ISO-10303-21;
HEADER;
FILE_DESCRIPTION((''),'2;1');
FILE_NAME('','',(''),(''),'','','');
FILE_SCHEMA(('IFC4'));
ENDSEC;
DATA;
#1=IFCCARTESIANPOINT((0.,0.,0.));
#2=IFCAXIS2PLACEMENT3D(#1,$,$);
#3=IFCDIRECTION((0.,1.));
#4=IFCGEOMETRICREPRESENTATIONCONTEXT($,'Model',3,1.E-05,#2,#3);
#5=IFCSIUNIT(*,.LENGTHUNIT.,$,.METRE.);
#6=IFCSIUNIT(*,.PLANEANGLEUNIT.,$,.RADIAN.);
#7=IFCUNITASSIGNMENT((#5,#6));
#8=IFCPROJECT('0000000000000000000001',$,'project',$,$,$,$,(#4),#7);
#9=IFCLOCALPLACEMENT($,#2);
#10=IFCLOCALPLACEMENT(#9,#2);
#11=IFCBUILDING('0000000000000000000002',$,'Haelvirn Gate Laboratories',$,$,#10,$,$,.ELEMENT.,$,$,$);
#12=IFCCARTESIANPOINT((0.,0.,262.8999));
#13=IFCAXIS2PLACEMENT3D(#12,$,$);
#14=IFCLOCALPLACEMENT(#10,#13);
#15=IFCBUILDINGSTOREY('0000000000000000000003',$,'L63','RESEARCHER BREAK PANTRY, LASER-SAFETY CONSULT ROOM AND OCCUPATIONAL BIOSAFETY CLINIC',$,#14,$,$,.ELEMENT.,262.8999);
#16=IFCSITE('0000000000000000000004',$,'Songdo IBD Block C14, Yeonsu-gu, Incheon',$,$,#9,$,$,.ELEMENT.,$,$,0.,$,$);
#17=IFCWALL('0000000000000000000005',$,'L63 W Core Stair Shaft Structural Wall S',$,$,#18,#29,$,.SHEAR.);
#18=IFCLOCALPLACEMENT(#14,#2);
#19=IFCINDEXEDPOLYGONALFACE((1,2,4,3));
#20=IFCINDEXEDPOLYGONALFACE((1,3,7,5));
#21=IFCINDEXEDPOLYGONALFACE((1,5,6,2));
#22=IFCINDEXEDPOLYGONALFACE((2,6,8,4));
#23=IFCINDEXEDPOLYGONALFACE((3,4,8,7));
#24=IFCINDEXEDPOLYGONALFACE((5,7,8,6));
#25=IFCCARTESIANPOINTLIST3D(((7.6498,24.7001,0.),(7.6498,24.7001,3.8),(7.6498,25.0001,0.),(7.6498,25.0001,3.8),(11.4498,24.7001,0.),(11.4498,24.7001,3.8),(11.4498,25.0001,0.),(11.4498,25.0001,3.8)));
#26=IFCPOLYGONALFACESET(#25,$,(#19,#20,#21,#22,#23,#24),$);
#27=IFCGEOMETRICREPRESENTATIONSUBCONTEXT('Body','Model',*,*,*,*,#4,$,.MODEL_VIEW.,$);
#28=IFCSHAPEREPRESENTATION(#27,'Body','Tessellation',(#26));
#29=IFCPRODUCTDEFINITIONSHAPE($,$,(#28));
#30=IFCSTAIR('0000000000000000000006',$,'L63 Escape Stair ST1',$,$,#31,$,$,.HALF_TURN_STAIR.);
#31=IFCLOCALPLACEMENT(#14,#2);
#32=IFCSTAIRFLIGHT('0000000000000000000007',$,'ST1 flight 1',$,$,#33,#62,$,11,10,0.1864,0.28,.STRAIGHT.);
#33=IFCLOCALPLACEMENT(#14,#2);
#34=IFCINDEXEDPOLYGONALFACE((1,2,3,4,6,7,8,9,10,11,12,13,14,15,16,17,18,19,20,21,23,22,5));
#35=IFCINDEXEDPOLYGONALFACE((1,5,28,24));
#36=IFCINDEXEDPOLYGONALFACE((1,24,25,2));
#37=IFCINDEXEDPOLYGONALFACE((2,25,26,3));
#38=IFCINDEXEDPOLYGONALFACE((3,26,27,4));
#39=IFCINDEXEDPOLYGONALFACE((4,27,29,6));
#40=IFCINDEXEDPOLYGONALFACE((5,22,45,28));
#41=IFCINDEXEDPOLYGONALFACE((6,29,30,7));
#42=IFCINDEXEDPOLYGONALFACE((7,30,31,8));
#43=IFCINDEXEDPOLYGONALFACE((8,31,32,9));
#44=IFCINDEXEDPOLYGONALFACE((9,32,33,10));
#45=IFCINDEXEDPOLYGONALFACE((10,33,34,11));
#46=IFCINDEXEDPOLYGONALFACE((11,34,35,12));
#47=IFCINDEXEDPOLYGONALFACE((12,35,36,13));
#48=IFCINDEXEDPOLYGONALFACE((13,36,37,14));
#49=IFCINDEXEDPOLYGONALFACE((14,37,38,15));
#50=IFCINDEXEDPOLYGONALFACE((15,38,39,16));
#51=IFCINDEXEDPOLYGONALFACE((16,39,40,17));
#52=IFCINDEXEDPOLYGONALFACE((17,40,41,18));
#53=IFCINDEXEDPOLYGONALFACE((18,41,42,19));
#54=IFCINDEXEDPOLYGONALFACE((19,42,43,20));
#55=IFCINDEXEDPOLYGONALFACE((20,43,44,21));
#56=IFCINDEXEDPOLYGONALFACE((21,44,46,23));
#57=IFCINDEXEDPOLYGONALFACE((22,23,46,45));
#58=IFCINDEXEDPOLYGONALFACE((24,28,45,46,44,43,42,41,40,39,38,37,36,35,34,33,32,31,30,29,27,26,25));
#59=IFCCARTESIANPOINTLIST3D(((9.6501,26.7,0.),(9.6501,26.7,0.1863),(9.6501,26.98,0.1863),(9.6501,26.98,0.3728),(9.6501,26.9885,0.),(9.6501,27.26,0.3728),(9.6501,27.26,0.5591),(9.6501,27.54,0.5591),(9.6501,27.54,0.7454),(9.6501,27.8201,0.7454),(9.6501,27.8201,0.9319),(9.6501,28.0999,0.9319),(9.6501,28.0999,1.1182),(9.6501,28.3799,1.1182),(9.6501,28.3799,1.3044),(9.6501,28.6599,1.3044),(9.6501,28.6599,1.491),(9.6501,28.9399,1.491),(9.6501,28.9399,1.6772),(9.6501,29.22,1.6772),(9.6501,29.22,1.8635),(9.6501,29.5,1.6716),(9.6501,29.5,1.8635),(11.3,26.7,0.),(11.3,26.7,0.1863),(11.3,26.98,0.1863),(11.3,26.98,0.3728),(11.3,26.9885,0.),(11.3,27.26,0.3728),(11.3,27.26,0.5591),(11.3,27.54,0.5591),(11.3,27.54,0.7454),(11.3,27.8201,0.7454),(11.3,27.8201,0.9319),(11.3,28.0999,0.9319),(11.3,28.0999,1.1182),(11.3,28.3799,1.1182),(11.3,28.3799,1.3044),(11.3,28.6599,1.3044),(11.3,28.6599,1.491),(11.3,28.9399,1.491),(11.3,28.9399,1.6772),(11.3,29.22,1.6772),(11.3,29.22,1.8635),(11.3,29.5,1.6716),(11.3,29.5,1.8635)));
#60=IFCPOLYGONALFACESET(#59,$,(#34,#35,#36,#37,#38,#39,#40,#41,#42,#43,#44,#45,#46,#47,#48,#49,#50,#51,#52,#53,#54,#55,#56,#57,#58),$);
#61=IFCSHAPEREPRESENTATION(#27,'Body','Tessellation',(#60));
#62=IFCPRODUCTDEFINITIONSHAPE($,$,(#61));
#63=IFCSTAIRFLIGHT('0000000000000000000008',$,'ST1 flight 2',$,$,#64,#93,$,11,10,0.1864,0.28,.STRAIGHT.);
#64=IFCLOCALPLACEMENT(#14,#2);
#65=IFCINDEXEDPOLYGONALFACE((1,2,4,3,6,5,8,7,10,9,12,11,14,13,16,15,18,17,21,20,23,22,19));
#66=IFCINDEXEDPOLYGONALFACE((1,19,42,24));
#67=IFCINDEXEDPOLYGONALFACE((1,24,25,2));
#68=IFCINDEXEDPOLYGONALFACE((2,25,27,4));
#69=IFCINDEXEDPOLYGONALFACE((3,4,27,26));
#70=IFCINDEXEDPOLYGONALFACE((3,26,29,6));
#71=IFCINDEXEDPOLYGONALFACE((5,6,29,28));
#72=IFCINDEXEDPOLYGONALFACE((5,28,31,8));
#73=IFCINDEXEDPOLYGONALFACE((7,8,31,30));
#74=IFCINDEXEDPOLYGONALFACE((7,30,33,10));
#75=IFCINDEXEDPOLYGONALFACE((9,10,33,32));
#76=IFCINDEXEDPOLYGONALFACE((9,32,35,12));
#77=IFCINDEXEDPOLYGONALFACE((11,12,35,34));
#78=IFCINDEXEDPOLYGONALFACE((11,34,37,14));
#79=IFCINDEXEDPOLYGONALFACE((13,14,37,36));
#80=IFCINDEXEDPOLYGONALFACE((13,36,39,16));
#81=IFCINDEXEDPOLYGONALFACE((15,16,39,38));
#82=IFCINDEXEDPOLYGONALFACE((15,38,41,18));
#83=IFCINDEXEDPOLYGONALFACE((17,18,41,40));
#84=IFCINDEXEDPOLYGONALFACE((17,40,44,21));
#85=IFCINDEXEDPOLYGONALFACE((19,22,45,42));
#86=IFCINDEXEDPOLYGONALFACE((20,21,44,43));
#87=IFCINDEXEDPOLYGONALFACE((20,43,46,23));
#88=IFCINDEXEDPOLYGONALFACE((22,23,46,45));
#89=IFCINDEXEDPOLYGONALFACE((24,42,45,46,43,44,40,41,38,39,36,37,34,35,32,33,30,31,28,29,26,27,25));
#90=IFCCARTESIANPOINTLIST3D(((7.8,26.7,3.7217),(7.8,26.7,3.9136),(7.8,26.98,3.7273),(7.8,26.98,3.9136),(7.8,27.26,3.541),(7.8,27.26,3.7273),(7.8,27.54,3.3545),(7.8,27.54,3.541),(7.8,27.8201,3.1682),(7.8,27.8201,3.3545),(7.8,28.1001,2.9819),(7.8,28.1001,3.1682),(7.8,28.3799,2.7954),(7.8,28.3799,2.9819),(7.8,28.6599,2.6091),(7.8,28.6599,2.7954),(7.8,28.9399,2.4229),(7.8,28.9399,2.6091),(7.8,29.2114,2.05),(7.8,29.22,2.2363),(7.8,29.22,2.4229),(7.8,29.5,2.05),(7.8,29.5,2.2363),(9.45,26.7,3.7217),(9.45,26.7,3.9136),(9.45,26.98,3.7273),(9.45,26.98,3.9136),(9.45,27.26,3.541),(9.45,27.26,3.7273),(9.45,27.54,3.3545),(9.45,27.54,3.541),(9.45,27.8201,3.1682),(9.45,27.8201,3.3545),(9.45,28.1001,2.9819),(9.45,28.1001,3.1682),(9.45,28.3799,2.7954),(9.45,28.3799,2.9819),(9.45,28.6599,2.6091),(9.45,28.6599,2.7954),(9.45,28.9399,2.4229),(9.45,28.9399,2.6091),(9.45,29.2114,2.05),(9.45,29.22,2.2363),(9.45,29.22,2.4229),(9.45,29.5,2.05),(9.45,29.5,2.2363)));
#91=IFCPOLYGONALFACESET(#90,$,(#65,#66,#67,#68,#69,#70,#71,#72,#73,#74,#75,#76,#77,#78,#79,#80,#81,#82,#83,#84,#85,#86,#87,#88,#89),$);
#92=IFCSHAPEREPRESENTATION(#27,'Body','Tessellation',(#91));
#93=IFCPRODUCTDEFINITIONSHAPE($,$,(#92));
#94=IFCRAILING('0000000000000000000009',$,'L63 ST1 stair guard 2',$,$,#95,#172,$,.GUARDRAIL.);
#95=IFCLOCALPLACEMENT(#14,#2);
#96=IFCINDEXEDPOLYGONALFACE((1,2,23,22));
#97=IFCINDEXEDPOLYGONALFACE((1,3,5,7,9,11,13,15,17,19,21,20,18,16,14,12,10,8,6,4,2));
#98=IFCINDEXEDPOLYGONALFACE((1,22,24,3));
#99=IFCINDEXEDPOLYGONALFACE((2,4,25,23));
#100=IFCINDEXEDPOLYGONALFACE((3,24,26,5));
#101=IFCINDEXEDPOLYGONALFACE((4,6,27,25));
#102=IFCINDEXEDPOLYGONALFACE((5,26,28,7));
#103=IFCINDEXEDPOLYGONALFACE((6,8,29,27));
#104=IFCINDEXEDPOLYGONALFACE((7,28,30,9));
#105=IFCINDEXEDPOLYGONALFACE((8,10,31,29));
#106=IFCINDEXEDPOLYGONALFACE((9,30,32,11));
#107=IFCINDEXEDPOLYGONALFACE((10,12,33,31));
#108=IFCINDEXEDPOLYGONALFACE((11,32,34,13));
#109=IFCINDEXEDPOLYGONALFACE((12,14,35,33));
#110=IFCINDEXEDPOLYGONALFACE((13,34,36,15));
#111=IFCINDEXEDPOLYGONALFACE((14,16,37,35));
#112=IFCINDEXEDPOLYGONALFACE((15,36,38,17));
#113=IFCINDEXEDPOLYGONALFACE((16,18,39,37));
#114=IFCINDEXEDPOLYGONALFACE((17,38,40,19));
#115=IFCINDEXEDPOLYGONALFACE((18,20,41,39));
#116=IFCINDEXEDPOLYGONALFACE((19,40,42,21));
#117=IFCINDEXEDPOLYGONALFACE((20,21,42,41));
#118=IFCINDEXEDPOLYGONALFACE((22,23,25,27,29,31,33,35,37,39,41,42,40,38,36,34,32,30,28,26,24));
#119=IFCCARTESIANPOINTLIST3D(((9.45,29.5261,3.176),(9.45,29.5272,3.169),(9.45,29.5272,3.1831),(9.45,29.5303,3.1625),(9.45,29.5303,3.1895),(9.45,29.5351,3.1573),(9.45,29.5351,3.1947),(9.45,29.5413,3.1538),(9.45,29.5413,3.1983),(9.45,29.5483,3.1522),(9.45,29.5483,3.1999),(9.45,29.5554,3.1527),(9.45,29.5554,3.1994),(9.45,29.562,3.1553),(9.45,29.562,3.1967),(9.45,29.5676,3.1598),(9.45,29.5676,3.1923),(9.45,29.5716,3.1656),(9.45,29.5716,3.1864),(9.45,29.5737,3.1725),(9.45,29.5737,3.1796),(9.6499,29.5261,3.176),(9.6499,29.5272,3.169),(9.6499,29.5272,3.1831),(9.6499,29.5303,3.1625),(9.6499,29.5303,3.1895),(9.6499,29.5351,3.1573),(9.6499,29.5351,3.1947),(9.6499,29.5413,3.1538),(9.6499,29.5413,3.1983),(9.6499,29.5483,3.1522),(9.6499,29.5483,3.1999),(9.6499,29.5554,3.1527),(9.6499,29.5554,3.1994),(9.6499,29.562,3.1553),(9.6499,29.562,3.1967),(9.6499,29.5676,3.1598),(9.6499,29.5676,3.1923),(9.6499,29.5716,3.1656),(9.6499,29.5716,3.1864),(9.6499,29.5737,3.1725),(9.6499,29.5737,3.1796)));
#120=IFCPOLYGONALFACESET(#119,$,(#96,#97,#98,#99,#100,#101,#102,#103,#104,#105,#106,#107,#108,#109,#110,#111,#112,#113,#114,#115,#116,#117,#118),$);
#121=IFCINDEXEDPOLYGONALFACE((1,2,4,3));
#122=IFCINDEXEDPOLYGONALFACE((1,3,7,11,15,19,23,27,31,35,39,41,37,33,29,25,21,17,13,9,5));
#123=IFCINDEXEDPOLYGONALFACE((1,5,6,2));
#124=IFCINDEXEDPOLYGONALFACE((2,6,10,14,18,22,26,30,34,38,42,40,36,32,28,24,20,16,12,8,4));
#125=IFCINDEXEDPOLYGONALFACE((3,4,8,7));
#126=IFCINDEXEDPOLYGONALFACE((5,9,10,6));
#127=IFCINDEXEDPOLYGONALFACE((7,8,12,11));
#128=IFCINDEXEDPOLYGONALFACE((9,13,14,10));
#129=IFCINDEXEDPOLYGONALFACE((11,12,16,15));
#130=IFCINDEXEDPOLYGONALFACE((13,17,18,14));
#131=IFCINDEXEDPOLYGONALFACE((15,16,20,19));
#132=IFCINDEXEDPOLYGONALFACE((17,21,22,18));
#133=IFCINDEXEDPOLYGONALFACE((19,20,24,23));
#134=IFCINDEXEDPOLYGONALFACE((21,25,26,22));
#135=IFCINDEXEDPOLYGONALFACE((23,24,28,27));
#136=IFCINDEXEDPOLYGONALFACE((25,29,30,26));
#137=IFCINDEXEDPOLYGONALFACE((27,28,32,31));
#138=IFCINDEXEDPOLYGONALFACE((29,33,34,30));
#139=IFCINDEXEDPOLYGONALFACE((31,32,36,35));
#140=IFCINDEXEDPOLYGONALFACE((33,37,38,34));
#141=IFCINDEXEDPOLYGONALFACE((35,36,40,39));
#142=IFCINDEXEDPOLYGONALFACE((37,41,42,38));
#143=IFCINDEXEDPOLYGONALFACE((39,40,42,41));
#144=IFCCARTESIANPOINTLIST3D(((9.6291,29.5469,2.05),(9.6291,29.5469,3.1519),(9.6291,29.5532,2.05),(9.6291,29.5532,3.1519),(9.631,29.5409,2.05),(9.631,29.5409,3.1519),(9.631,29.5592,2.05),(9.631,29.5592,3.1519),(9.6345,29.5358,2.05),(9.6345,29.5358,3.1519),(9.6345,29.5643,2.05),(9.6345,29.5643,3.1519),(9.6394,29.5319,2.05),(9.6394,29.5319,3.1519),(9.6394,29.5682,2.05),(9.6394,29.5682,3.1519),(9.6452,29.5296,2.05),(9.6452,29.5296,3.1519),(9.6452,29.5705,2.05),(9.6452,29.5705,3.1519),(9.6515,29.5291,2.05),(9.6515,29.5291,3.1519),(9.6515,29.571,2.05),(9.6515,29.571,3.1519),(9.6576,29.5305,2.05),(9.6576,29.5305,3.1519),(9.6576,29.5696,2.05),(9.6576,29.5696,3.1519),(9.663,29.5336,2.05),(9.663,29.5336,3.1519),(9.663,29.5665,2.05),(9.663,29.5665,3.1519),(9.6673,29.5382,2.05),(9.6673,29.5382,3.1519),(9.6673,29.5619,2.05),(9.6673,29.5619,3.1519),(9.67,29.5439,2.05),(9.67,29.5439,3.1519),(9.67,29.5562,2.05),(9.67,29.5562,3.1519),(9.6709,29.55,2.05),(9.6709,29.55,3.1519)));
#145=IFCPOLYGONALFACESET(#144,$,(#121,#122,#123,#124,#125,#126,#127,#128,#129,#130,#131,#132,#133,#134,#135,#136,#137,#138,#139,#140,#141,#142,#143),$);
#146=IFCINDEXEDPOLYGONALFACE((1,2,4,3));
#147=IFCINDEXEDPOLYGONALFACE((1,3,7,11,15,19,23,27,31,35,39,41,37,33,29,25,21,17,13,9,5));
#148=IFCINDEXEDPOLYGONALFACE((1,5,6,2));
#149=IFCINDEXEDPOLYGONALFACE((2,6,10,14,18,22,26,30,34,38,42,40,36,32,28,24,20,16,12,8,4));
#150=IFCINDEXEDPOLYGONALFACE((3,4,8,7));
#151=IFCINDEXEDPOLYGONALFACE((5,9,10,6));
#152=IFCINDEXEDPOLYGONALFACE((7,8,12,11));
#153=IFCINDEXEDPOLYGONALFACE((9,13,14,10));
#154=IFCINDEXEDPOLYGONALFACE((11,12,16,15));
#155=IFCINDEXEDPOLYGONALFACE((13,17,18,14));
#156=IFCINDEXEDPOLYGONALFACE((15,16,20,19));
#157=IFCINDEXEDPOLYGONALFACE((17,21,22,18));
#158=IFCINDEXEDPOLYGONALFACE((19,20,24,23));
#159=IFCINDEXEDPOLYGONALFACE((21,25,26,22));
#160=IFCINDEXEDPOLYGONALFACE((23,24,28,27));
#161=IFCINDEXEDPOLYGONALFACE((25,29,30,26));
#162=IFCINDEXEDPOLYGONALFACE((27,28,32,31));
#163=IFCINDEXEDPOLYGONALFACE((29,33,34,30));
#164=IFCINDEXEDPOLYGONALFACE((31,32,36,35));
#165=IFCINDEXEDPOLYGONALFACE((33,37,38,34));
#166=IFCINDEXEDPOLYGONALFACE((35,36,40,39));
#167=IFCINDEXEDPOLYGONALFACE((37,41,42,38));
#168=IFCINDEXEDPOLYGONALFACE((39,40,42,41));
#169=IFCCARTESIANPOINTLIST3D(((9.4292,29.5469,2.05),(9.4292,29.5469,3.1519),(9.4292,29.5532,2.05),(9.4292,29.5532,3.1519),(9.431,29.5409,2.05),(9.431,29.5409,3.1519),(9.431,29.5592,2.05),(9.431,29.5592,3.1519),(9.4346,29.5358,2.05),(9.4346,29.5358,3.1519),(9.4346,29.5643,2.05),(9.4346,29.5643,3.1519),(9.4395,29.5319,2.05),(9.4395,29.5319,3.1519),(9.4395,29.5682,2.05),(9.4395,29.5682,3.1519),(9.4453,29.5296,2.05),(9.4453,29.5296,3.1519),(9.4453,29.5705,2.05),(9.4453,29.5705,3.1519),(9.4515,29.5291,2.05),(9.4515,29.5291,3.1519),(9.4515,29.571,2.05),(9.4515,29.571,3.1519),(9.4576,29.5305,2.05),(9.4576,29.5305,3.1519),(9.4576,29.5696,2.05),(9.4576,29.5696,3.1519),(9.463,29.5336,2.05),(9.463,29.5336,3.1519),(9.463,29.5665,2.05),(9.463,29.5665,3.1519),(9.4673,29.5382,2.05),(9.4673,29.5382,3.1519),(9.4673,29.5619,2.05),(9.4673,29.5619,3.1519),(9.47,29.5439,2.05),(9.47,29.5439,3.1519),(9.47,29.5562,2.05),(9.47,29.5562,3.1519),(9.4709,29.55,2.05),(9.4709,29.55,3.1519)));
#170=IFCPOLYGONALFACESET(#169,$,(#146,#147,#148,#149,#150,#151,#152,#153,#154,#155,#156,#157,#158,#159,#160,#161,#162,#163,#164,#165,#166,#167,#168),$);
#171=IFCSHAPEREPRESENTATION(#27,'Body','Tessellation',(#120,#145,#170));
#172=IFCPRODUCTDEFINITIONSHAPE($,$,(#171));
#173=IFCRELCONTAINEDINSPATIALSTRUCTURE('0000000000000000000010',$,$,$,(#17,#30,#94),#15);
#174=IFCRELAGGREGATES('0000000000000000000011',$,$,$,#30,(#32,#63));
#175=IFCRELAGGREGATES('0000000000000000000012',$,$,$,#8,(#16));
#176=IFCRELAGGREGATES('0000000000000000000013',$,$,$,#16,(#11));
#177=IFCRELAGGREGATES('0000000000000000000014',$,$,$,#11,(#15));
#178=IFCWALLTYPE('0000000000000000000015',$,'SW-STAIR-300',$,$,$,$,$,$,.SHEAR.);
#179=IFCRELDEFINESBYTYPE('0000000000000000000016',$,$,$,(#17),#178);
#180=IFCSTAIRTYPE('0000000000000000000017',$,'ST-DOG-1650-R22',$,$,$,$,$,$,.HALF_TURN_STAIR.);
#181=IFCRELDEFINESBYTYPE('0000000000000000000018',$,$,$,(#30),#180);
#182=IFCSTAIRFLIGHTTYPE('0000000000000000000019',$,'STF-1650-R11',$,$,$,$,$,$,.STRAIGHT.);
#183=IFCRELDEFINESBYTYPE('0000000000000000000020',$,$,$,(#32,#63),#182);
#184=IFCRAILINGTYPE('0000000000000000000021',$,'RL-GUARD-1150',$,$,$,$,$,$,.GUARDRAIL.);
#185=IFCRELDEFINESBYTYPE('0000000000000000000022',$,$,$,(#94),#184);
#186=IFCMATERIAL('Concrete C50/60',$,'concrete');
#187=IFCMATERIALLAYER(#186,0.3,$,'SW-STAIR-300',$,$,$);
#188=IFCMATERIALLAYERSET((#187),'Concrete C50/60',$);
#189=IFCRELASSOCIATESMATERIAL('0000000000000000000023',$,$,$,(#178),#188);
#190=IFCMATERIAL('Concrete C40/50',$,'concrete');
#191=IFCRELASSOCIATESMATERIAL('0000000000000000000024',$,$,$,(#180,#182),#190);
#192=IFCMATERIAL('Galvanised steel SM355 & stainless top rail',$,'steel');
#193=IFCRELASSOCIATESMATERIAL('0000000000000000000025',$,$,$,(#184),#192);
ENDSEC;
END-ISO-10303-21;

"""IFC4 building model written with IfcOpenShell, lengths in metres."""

from ifc_helpers import new_model, si_unit, direction, frame, frame_2d, origin, origin_2d, place, context, subcontext, project, spatial, polyline, rectangle, circle, outline, extrude, source, transform, mapped, material, layer, layer_set, type_object, type_shapes, element, aggregate, save


model = new_model("IFC4")

# Units and contexts
model_context = context("Model", 3, precision=1e-05, world=origin(), true_north=direction((0.0, 1.0)))
body_context = subcontext(model_context, "Body", "Model", "MODEL_VIEW")
ifc_project = project(units=[si_unit("LENGTHUNIT", "METRE"), si_unit("PLANEANGLEUNIT", "RADIAN")], contexts=[model_context])

# Site, building, storey
site_placement = place(None, origin())
site = spatial("IfcSite", under=ifc_project, at=site_placement, Name="Songdo IBD Block C14, Yeonsu-gu, Incheon", CompositionType="ELEMENT", RefElevation=0.0)
building_placement = place(site_placement, origin())
building = spatial("IfcBuilding", under=site, at=building_placement, Name="Haelvirn Gate Laboratories", CompositionType="ELEMENT")
storey_placement = place(building_placement, frame((0.0, 0.0, 262.8999)))
storey = spatial("IfcBuildingStorey", under=building, at=storey_placement, Name="L63", Description="RESEARCHER BREAK PANTRY, LASER-SAFETY CONSULT ROOM AND OCCUPATIONAL BIOSAFETY CLINIC", CompositionType="ELEMENT", Elevation=262.8999)

# Shared definitions
ifc_material_1 = material(Name="Concrete C50/60", Category="concrete")

# Wall
ifc_material_2 = material(Name="Concrete C40/50", Category="concrete")
ifc_layer_1 = layer(ifc_material_1, 0.3, Name="SW-STAIR-300")
ifc_layer_set_1 = layer_set([ifc_layer_1], Name="Concrete C50/60")
wall_type_1 = type_object("IfcWallType", Name="SW-STAIR-300", PredefinedType="SHEAR", material=ifc_layer_set_1)
wall_1_placement = place(storey_placement, frame((7.6499, 24.8501, 0.0), z_axis=(0.0, 0.0, 1.0), x_axis=(1.0, 0.0, 0.0)))
element("IfcWall", 1, at=wall_1_placement, inside=storey, type_object=wall_type_1, Name="L63 W Core Stair Shaft Structural Wall S", PredefinedType="SHEAR", context=body_context, shape_type="SweptSolid", body=[
    extrude(rectangle(XDim=3.8, YDim=0.3, at=frame_2d((1.8999, 0.0))), origin(), (0.0, 0.0, 1.0), 3.8),
])

# Stair, stair flights
stair_type = type_object("IfcStairType", Name="ST-DOG-1650-R22", PredefinedType="HALF_TURN_STAIR", material=ifc_material_2)
stair_placement = place(storey_placement, origin())
stair = element("IfcStair", 2, at=stair_placement, inside=storey, type_object=stair_type, Name="L63 Escape Stair ST1", PredefinedType="HALF_TURN_STAIR")
stair_flight_type = type_object("IfcStairFlightType", Name="STF-1650-R11", PredefinedType="STRAIGHT", material=ifc_material_2)
shared_shape_1 = source(origin(), body_context, "Body", "SweptSolid", [
    extrude(outline(polyline([(0.0, 0.0), (0.0, 0.1863), (0.28, 0.1863), (0.28, 0.3728), (0.5601, 0.3728), (0.5601, 0.5591), (0.8401, 0.5591), (0.8401, 0.7454), (1.1201, 0.7454), (1.1201, 0.9319), (1.3999, 0.9319), (1.3999, 1.1182), (1.6799, 1.1182), (1.6799, 1.3044), (1.96, 1.3044), (1.96, 1.491), (2.24, 1.491), (2.24, 1.6772), (2.52, 1.6772), (2.52, 1.8635), (2.8, 1.8635), (2.8, 2.05), (2.8, 1.6716), (0.2886, 0.0), (0.0, 0.0)])), frame((0.0, 0.825, 0.0), z_axis=(0.0, -1.0, 0.0), x_axis=(1.0, 0.0, 0.0)), (0.0, 0.0, 1.0), 1.6499),
])
type_shapes(stair_flight_type, [shared_shape_1])
stair_flight_1_placement = place(storey_placement, frame((10.4751, 26.7, 0.0), z_axis=(0.0, 0.0, 1.0), x_axis=(0.0, 1.0, 0.0)))
stair_flight_1 = element("IfcStairFlight", 3, at=stair_flight_1_placement, type_object=stair_flight_type, Name="ST1 flight 1", NumberOfRisers=11, NumberOfTreads=10, PredefinedType="STRAIGHT", RiserHeight=0.1864, TreadLength=0.28, context=body_context, shape_type="MappedRepresentation", body=[
    mapped(shared_shape_1, transform((0.0, 0.0, 0.0), scale=1.0)),
])
stair_flight_2_placement = place(storey_placement, frame((8.625, 29.5, 2.05), z_axis=(0.0, 0.0, 1.0), x_axis=(0.0, -1.0, 0.0)))
stair_flight_2 = element("IfcStairFlight", 4, at=stair_flight_2_placement, type_object=stair_flight_type, Name="ST1 flight 2", NumberOfRisers=11, NumberOfTreads=10, PredefinedType="STRAIGHT", RiserHeight=0.1864, TreadLength=0.28, context=body_context, shape_type="MappedRepresentation", body=[
    mapped(shared_shape_1, transform((0.0, 0.0, 0.0), scale=1.0)),
])
aggregate(stair, [stair_flight_1, stair_flight_2])

# Railing
ifc_material_3 = material(Name="Galvanised steel SM355 & stainless top rail", Category="steel")
railing_type_1 = type_object("IfcRailingType", Name="RL-GUARD-1150", PredefinedType="GUARDRAIL", material=ifc_material_3)
shared_shape_2 = source(origin(), body_context, "Body", "SweptSolid", [
    extrude(circle(Radius=0.0239, at=origin_2d()), frame((0.0, 0.0, 1.126), z_axis=(-1.0, 0.0, 0.0), x_axis=(0.0, -1.0, 0.0)), (0.0, 0.0, 1.0), 0.2),
    extrude(circle(Radius=0.021, at=origin_2d()), origin(), (0.0, 0.0, 1.0), 1.1018),
    extrude(circle(Radius=0.021, at=origin_2d()), frame((-0.2, 0.0, 0.0)), (0.0, 0.0, 1.0), 1.1018),
])
for number, where, name in (
    (5, (9.6499, 29.55, 2.05), "L63 ST1 stair guard 2"),
):
    element("IfcRailing", number, at=place(storey_placement, frame(where)), inside=storey, type_object=railing_type_1, Name=name, PredefinedType="GUARDRAIL", context=body_context, shape_type="MappedRepresentation", body=[
        mapped(shared_shape_2, transform((0.0, 0.0, 0.0), scale=1.0)),
    ])

save(model, "model.ifc")
